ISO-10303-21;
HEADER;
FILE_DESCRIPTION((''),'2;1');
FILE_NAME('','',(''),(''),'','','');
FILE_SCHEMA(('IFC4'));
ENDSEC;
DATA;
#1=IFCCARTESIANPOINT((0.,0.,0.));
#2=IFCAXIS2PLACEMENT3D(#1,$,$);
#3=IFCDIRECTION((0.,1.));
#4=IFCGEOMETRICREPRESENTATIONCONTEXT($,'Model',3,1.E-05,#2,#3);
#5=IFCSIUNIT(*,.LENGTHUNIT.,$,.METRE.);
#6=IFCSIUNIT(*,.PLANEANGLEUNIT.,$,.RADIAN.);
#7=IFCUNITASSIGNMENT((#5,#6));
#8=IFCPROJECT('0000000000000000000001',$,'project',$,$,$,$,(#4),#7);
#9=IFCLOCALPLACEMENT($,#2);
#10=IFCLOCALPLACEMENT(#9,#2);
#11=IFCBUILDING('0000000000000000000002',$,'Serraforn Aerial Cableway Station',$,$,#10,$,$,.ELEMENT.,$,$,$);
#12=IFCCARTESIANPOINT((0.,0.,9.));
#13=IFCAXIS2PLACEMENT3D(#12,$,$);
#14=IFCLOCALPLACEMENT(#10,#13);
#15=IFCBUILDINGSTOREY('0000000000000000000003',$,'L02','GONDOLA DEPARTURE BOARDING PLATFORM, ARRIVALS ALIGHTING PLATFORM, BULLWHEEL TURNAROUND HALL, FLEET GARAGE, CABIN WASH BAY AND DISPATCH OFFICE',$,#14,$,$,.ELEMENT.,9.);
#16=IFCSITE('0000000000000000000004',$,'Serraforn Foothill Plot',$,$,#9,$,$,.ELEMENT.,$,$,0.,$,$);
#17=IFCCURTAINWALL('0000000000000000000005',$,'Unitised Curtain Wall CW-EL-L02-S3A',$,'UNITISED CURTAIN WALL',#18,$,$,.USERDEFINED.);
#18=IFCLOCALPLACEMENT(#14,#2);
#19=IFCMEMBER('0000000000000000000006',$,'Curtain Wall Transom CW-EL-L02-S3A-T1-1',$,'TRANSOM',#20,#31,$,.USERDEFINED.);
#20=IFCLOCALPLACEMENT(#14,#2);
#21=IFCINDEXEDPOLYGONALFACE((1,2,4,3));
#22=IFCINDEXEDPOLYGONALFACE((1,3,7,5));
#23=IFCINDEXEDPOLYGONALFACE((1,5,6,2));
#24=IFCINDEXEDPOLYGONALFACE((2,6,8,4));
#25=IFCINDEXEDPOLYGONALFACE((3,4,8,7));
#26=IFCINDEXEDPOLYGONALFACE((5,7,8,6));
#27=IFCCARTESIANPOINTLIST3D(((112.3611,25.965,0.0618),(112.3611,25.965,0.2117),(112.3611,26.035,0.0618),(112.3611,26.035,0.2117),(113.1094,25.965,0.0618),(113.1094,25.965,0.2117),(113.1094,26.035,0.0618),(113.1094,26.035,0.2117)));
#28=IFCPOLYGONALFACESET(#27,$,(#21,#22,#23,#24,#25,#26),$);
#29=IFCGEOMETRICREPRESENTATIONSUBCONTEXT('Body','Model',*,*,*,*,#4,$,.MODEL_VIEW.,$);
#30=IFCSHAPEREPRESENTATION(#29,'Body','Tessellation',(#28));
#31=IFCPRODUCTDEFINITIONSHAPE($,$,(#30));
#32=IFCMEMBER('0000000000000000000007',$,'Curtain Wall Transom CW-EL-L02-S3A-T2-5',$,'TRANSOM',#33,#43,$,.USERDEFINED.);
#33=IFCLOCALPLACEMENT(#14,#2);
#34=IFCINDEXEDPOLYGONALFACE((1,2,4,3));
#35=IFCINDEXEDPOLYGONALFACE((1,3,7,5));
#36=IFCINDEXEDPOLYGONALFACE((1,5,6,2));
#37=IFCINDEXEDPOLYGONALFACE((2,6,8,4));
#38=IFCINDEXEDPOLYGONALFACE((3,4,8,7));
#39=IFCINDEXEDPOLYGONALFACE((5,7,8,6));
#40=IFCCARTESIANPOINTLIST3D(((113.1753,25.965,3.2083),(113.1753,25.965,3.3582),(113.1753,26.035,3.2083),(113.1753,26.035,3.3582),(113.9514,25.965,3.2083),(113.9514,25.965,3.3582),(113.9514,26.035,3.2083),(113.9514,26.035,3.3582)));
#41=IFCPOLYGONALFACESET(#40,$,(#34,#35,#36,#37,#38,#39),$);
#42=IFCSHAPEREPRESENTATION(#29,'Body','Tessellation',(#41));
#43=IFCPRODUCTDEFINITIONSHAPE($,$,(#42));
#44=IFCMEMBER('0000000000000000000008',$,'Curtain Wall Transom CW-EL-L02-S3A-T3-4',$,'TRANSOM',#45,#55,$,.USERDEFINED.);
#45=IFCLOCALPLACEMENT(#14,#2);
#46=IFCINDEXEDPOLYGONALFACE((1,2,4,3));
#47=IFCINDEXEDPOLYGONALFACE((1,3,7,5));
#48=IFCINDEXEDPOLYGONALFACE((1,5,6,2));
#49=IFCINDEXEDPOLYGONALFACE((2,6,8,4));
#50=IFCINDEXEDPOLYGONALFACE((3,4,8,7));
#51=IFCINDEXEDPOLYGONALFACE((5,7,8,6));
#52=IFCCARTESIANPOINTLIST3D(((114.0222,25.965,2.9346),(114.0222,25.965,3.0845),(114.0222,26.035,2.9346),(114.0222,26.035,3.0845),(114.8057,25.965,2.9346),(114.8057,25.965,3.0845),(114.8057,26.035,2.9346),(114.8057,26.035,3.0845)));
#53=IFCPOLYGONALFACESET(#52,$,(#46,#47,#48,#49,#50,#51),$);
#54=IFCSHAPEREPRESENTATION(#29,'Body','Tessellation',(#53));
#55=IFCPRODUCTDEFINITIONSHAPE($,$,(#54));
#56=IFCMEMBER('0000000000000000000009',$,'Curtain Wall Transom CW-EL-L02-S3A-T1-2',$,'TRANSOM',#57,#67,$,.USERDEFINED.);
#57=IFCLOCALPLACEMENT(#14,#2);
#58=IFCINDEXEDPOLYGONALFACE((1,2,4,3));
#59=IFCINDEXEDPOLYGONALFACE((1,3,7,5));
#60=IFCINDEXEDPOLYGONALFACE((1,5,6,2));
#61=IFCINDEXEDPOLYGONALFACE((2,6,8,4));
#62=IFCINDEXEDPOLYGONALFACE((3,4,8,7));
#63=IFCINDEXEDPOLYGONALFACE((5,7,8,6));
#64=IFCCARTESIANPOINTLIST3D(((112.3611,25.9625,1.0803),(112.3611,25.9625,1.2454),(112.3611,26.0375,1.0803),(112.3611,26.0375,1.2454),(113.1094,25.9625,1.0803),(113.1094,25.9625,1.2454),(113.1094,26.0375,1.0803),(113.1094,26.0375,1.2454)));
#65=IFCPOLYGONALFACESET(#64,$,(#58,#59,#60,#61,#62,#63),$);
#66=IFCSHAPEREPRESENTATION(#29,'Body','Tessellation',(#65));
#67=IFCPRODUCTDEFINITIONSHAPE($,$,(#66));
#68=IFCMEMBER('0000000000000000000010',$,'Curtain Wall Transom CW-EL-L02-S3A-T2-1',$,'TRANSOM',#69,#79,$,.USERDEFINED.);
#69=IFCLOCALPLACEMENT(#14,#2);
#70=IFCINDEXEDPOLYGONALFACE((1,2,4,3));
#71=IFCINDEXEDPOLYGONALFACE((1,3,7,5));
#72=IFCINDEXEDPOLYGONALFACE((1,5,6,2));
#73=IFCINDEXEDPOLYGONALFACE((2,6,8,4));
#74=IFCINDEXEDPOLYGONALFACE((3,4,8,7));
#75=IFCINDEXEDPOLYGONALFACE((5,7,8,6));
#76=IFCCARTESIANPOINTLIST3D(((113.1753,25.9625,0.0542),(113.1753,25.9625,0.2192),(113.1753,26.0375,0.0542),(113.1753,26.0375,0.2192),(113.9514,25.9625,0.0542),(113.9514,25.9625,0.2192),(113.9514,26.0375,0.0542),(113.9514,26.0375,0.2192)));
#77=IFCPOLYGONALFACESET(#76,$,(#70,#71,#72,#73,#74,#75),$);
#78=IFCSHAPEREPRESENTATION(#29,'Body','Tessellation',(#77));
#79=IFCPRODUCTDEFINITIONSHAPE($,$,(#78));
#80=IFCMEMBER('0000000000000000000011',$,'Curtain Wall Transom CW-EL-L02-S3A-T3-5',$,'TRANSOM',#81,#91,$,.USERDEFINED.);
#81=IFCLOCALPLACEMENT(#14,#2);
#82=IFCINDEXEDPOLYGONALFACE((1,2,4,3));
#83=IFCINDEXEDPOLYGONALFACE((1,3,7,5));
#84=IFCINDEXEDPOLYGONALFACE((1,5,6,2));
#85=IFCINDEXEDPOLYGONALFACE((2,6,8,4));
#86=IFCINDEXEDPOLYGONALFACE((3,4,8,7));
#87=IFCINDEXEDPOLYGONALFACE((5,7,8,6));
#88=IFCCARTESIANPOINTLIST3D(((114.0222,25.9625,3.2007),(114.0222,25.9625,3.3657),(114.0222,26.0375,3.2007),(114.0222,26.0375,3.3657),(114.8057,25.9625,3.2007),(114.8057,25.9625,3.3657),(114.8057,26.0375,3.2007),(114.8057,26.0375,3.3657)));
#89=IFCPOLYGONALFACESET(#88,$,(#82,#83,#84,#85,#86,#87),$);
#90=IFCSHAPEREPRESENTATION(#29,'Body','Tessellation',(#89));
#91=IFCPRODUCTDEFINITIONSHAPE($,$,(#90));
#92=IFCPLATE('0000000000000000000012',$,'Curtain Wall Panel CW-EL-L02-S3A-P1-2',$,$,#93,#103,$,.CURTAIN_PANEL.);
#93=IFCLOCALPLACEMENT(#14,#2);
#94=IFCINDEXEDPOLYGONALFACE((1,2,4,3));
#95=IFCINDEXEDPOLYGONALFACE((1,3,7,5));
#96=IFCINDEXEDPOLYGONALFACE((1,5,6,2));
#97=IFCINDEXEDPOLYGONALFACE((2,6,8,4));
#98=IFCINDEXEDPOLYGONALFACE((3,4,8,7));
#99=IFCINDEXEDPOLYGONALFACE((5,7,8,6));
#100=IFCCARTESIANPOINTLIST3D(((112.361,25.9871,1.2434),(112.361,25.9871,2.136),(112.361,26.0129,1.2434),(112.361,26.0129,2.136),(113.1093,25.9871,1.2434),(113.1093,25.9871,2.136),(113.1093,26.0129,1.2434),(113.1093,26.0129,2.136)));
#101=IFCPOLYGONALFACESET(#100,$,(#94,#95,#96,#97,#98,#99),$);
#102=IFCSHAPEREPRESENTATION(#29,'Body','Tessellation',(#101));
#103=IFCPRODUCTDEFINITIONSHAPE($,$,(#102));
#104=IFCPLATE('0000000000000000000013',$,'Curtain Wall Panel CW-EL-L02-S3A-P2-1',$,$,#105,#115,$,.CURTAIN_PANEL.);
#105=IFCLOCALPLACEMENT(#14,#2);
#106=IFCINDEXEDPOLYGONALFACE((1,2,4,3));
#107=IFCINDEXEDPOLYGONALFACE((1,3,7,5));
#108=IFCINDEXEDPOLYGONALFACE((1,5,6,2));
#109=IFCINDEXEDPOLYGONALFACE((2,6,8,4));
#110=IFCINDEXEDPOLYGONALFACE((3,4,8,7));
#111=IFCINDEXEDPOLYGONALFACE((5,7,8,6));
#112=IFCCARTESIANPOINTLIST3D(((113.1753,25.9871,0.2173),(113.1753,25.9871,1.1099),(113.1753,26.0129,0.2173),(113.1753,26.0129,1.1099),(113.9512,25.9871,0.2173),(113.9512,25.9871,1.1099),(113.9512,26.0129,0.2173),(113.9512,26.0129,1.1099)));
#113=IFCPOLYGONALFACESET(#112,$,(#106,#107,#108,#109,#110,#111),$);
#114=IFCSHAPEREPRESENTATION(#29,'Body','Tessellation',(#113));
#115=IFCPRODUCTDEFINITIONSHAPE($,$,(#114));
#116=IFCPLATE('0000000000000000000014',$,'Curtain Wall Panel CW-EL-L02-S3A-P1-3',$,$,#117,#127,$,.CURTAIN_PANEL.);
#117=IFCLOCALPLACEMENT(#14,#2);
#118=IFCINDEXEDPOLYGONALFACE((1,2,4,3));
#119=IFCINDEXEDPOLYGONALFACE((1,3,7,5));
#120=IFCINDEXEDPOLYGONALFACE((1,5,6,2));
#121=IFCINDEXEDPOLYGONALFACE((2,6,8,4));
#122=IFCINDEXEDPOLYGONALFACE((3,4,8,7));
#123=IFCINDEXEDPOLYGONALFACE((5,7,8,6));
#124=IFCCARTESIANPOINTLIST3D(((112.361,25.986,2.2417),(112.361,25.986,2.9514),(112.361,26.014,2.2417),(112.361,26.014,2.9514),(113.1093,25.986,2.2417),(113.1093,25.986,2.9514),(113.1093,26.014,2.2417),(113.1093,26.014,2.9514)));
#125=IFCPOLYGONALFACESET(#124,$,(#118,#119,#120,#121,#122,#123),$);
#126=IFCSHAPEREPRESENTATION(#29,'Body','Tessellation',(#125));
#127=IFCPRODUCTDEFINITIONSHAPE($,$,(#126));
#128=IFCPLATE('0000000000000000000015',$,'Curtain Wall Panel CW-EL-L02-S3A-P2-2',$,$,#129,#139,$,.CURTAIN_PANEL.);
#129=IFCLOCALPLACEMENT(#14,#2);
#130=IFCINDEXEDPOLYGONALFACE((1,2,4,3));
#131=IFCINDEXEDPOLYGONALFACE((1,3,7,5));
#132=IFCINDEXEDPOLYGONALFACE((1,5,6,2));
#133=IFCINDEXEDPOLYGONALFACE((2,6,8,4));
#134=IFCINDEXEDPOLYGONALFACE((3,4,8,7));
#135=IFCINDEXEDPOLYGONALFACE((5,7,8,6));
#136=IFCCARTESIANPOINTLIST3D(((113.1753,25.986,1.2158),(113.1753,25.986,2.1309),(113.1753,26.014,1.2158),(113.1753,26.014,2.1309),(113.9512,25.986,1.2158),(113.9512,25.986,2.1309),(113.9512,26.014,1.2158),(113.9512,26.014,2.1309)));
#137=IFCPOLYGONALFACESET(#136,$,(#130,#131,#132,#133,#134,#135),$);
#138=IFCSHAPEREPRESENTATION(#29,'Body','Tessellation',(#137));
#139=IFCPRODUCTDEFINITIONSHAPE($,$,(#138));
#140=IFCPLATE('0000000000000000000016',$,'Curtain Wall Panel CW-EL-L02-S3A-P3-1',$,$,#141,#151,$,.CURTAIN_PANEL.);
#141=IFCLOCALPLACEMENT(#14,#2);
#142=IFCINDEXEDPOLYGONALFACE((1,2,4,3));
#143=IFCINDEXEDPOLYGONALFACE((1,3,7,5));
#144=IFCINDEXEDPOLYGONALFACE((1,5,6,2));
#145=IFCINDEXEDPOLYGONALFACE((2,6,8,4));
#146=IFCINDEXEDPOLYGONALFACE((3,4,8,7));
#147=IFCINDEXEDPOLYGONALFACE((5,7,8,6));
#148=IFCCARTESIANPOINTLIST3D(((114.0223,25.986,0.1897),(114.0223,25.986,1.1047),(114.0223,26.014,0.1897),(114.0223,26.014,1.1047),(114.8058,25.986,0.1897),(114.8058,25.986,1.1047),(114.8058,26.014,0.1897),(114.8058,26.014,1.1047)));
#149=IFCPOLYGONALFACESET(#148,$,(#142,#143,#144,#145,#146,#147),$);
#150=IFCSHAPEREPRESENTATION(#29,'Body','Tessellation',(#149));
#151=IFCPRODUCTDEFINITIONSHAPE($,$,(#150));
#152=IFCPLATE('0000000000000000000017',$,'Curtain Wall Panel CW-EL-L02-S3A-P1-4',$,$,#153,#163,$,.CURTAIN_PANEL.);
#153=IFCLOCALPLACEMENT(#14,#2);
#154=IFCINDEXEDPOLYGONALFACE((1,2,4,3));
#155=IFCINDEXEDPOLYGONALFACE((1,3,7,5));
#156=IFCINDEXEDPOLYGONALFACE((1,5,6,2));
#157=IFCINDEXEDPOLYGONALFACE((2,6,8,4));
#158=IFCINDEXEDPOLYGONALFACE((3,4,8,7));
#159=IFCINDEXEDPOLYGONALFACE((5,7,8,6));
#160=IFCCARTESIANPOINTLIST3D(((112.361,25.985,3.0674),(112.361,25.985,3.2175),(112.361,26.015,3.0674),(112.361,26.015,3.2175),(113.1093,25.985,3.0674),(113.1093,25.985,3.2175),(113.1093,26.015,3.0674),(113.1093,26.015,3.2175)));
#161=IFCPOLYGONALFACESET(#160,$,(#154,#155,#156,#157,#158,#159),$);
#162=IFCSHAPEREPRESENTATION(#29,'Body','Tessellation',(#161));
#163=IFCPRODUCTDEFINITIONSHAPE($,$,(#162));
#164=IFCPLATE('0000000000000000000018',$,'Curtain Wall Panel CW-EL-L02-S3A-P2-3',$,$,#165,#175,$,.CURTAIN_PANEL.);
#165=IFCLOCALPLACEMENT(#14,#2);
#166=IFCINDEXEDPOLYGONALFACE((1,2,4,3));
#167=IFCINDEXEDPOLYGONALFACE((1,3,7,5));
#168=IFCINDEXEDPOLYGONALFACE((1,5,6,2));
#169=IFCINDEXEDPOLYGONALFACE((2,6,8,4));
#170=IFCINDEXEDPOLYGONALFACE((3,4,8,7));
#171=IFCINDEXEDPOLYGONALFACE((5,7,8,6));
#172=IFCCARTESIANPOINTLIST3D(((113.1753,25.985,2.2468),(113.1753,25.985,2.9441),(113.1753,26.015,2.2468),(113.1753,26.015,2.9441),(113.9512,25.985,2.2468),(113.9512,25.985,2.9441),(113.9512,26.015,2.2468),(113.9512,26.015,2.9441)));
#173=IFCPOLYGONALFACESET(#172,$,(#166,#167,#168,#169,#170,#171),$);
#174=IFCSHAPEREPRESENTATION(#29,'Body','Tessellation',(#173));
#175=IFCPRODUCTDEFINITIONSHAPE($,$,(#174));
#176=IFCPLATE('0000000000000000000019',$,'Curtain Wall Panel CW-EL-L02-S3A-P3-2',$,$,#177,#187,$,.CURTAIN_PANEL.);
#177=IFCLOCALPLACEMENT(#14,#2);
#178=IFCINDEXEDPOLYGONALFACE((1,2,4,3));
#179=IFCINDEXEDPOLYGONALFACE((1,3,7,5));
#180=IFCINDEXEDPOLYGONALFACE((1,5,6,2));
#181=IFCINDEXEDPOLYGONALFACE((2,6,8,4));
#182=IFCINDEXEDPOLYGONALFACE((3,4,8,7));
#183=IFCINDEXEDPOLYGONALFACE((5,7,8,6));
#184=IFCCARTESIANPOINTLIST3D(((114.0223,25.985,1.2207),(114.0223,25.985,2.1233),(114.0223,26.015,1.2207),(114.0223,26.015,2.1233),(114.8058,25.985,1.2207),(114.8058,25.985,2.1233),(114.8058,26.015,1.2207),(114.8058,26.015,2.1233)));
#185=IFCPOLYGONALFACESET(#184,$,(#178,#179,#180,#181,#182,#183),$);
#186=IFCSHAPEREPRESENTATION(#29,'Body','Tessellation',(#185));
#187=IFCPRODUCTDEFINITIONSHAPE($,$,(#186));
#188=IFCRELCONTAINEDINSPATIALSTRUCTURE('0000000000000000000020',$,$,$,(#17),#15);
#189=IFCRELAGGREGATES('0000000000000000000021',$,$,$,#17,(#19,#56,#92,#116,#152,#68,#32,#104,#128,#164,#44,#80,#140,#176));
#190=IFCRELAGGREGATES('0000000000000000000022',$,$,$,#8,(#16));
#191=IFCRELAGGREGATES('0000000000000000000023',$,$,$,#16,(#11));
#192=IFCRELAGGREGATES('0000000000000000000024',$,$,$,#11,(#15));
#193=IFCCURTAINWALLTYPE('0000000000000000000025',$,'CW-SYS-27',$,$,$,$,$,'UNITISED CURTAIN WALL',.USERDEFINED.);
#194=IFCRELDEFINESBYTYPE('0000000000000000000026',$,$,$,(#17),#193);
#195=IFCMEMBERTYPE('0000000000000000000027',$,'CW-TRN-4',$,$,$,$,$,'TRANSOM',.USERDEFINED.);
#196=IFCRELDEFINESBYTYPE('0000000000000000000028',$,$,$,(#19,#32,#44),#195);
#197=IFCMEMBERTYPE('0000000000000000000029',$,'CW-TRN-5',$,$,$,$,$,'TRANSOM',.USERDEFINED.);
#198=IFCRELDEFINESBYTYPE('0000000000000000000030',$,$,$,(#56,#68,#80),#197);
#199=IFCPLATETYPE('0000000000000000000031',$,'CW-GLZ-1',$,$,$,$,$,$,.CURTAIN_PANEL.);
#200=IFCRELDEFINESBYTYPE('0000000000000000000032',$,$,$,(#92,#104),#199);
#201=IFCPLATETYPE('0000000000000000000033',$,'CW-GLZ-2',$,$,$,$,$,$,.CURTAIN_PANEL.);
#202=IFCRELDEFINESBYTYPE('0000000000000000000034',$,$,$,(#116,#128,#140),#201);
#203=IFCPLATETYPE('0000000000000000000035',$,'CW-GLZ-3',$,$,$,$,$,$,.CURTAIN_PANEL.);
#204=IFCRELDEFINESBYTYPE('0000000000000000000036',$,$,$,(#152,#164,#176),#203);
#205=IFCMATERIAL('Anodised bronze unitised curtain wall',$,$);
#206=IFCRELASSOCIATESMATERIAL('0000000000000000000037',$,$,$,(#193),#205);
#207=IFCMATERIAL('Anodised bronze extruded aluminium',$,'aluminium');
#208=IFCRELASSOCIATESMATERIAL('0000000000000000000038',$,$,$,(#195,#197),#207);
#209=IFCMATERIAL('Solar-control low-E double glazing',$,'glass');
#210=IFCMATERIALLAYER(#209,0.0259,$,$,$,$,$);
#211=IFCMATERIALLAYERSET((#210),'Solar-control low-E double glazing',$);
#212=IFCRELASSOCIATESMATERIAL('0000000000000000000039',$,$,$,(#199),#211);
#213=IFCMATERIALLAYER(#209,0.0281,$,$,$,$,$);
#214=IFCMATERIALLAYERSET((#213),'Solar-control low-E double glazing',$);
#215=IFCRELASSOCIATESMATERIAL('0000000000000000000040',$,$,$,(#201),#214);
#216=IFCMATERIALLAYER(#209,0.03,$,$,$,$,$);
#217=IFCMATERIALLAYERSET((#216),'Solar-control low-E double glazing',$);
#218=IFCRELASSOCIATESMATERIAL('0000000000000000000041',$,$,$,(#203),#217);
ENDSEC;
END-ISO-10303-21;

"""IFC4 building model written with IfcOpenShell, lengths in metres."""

from ifc_helpers import new_model, si_unit, direction, frame, origin, origin_2d, place, context, subcontext, project, spatial, rectangle, extrude, material, layer, layer_set, material_profile, profile_set, type_object, element, aggregate, save


model = new_model("IFC4")

# Units and contexts
model_context = context("Model", 3, precision=1e-05, world=origin(), true_north=direction((0.0, 1.0)))
body_context = subcontext(model_context, "Body", "Model", "MODEL_VIEW")
ifc_project = project(units=[si_unit("LENGTHUNIT", "METRE"), si_unit("PLANEANGLEUNIT", "RADIAN")], contexts=[model_context])

# Site, building, storey
site_placement = place(None, origin())
site = spatial("IfcSite", under=ifc_project, at=site_placement, Name="Serraforn Foothill Plot", CompositionType="ELEMENT", RefElevation=0.0)
building_placement = place(site_placement, origin())
building = spatial("IfcBuilding", under=site, at=building_placement, Name="Serraforn Aerial Cableway Station", CompositionType="ELEMENT")
storey_placement = place(building_placement, frame((0.0, 0.0, 9.0)))
storey = spatial("IfcBuildingStorey", under=building, at=storey_placement, Name="L02", Description="GONDOLA DEPARTURE BOARDING PLATFORM, ARRIVALS ALIGHTING PLATFORM, BULLWHEEL TURNAROUND HALL, FLEET GARAGE, CABIN WASH BAY AND DISPATCH OFFICE", CompositionType="ELEMENT", Elevation=9.0)

# Curtain wall
ifc_material_1 = material(Name="Anodised bronze unitised curtain wall")
curtain_wall_type_1 = type_object("IfcCurtainWallType", Name="CW-SYS-27", ElementType="UNITISED CURTAIN WALL", PredefinedType="USERDEFINED", material=ifc_material_1)
curtain_wall_1_placement = place(storey_placement, origin())
curtain_wall_1 = element("IfcCurtainWall", 1, at=curtain_wall_1_placement, inside=storey, type_object=curtain_wall_type_1, Name="Unitised Curtain Wall CW-EL-L02-S3A", ObjectType="UNITISED CURTAIN WALL", PredefinedType="USERDEFINED")
ifc_material_2 = material(Name="Anodised bronze extruded aluminium", Category="aluminium")

# Members
ifc_material_profile_1 = material_profile(ifc_material_2, rectangle(XDim=0.0701, YDim=0.1499, at=origin_2d()), Name="CW TRANSOM 70x150")
ifc_profile_set_1 = profile_set([ifc_material_profile_1], Name="Anodised bronze extruded aluminium")
member_type_1 = type_object("IfcMemberType", Name="CW-TRN-4", ElementType="TRANSOM", PredefinedType="USERDEFINED", material=ifc_profile_set_1)
member_1_placement = place(storey_placement, frame((112.3611, 26.0, 0.1367), z_axis=(1.0, 0.0, 0.0), x_axis=(0.0, 1.0, 0.0)))
member_1 = element("IfcMember", 2, at=member_1_placement, type_object=member_type_1, Name="Curtain Wall Transom CW-EL-L02-S3A-T1-1", ObjectType="TRANSOM", PredefinedType="USERDEFINED", context=body_context, shape_type="SweptSolid", body=[
    extrude(rectangle(XDim=0.0701, YDim=0.1499, at=origin_2d()), origin(), (0.0, 0.0, 1.0), 0.7483),
])
member_2_placement = place(storey_placement, frame((113.1753, 26.0, 3.2832), z_axis=(1.0, 0.0, 0.0), x_axis=(0.0, 1.0, 0.0)))
member_2 = element("IfcMember", 3, at=member_2_placement, type_object=member_type_1, Name="Curtain Wall Transom CW-EL-L02-S3A-T2-5", ObjectType="TRANSOM", PredefinedType="USERDEFINED", context=body_context, shape_type="SweptSolid", body=[
    extrude(rectangle(XDim=0.0701, YDim=0.1499, at=origin_2d()), origin(), (0.0, 0.0, 1.0), 0.7761),
])
member_3_placement = place(storey_placement, frame((114.0222, 26.0, 3.0095), z_axis=(1.0, 0.0, 0.0), x_axis=(0.0, 1.0, 0.0)))
member_3 = element("IfcMember", 4, at=member_3_placement, type_object=member_type_1, Name="Curtain Wall Transom CW-EL-L02-S3A-T3-4", ObjectType="TRANSOM", PredefinedType="USERDEFINED", context=body_context, shape_type="SweptSolid", body=[
    extrude(rectangle(XDim=0.0701, YDim=0.1499, at=origin_2d()), origin(), (0.0, 0.0, 1.0), 0.7834),
])
ifc_material_profile_2 = material_profile(ifc_material_2, rectangle(XDim=0.075, YDim=0.165, at=origin_2d()), Name="CW TRANSOM 75x165")
ifc_profile_set_2 = profile_set([ifc_material_profile_2], Name="Anodised bronze extruded aluminium")
member_type_2 = type_object("IfcMemberType", Name="CW-TRN-5", ElementType="TRANSOM", PredefinedType="USERDEFINED", material=ifc_profile_set_2)
member_4_placement = place(storey_placement, frame((112.3611, 26.0, 1.1628), z_axis=(1.0, 0.0, 0.0), x_axis=(0.0, 1.0, 0.0)))
member_4 = element("IfcMember", 5, at=member_4_placement, type_object=member_type_2, Name="Curtain Wall Transom CW-EL-L02-S3A-T1-2", ObjectType="TRANSOM", PredefinedType="USERDEFINED", context=body_context, shape_type="SweptSolid", body=[
    extrude(rectangle(XDim=0.075, YDim=0.165, at=origin_2d()), origin(), (0.0, 0.0, 1.0), 0.7483),
])
member_5_placement = place(storey_placement, frame((113.1753, 26.0, 0.1367), z_axis=(1.0, 0.0, 0.0), x_axis=(0.0, 1.0, 0.0)))
member_5 = element("IfcMember", 6, at=member_5_placement, type_object=member_type_2, Name="Curtain Wall Transom CW-EL-L02-S3A-T2-1", ObjectType="TRANSOM", PredefinedType="USERDEFINED", context=body_context, shape_type="SweptSolid", body=[
    extrude(rectangle(XDim=0.075, YDim=0.165, at=origin_2d()), origin(), (0.0, 0.0, 1.0), 0.7761),
])
member_6_placement = place(storey_placement, frame((114.0222, 26.0, 3.2832), z_axis=(1.0, 0.0, 0.0), x_axis=(0.0, 1.0, 0.0)))
member_6 = element("IfcMember", 7, at=member_6_placement, type_object=member_type_2, Name="Curtain Wall Transom CW-EL-L02-S3A-T3-5", ObjectType="TRANSOM", PredefinedType="USERDEFINED", context=body_context, shape_type="SweptSolid", body=[
    extrude(rectangle(XDim=0.075, YDim=0.165, at=origin_2d()), origin(), (0.0, 0.0, 1.0), 0.7834),
])

# Plates
ifc_material_3 = material(Name="Solar-control low-E double glazing", Category="glass")
ifc_layer_1 = layer(ifc_material_3, 0.0259)
ifc_layer_set_1 = layer_set([ifc_layer_1], Name="Solar-control low-E double glazing")
plate_type_1 = type_object("IfcPlateType", Name="CW-GLZ-1", PredefinedType="CURTAIN_PANEL", material=ifc_layer_set_1)
plate_1_placement = place(storey_placement, frame((112.7351, 26.0, 1.2434), z_axis=(0.0, 0.0, 1.0), x_axis=(1.0, 0.0, 0.0)))
plate_1 = element("IfcPlate", 8, at=plate_1_placement, type_object=plate_type_1, Name="Curtain Wall Panel CW-EL-L02-S3A-P1-2", PredefinedType="CURTAIN_PANEL", context=body_context, shape_type="SweptSolid", body=[
    extrude(rectangle(XDim=0.7483, YDim=0.0259, at=origin_2d()), origin(), (0.0, 0.0, 1.0), 0.8926),
])
plate_2_placement = place(storey_placement, frame((113.5632, 26.0, 0.2173), z_axis=(0.0, 0.0, 1.0), x_axis=(1.0, 0.0, 0.0)))
plate_2 = element("IfcPlate", 9, at=plate_2_placement, type_object=plate_type_1, Name="Curtain Wall Panel CW-EL-L02-S3A-P2-1", PredefinedType="CURTAIN_PANEL", context=body_context, shape_type="SweptSolid", body=[
    extrude(rectangle(XDim=0.7759, YDim=0.0259, at=origin_2d()), origin(), (0.0, 0.0, 1.0), 0.8926),
])
ifc_layer_2 = layer(ifc_material_3, 0.0281)
ifc_layer_set_2 = layer_set([ifc_layer_2], Name="Solar-control low-E double glazing")
plate_type_2 = type_object("IfcPlateType", Name="CW-GLZ-2", PredefinedType="CURTAIN_PANEL", material=ifc_layer_set_2)
plate_3_placement = place(storey_placement, frame((112.7351, 26.0, 2.2417), z_axis=(0.0, 0.0, 1.0), x_axis=(1.0, 0.0, 0.0)))
plate_3 = element("IfcPlate", 10, at=plate_3_placement, type_object=plate_type_2, Name="Curtain Wall Panel CW-EL-L02-S3A-P1-3", PredefinedType="CURTAIN_PANEL", context=body_context, shape_type="SweptSolid", body=[
    extrude(rectangle(XDim=0.7483, YDim=0.0281, at=origin_2d()), origin(), (0.0, 0.0, 1.0), 0.7097),
])
plate_4_placement = place(storey_placement, frame((113.5632, 26.0, 1.2158), z_axis=(0.0, 0.0, 1.0), x_axis=(1.0, 0.0, 0.0)))
plate_4 = element("IfcPlate", 11, at=plate_4_placement, type_object=plate_type_2, Name="Curtain Wall Panel CW-EL-L02-S3A-P2-2", PredefinedType="CURTAIN_PANEL", context=body_context, shape_type="SweptSolid", body=[
    extrude(rectangle(XDim=0.7759, YDim=0.0281, at=origin_2d()), origin(), (0.0, 0.0, 1.0), 0.915),
])
plate_5_placement = place(storey_placement, frame((114.4141, 26.0, 0.1897), z_axis=(0.0, 0.0, 1.0), x_axis=(1.0, 0.0, 0.0)))
plate_5 = element("IfcPlate", 12, at=plate_5_placement, type_object=plate_type_2, Name="Curtain Wall Panel CW-EL-L02-S3A-P3-1", PredefinedType="CURTAIN_PANEL", context=body_context, shape_type="SweptSolid", body=[
    extrude(rectangle(XDim=0.7834, YDim=0.0281, at=origin_2d()), origin(), (0.0, 0.0, 1.0), 0.915),
])
ifc_layer_3 = layer(ifc_material_3, 0.03)
ifc_layer_set_3 = layer_set([ifc_layer_3], Name="Solar-control low-E double glazing")
plate_type_3 = type_object("IfcPlateType", Name="CW-GLZ-3", PredefinedType="CURTAIN_PANEL", material=ifc_layer_set_3)
plate_6_placement = place(storey_placement, frame((112.7351, 26.0, 3.0674), z_axis=(0.0, 0.0, 1.0), x_axis=(1.0, 0.0, 0.0)))
plate_6 = element("IfcPlate", 13, at=plate_6_placement, type_object=plate_type_3, Name="Curtain Wall Panel CW-EL-L02-S3A-P1-4", PredefinedType="CURTAIN_PANEL", context=body_context, shape_type="SweptSolid", body=[
    extrude(rectangle(XDim=0.7483, YDim=0.03, at=origin_2d()), origin(), (0.0, 0.0, 1.0), 0.1501),
])
plate_7_placement = place(storey_placement, frame((113.5632, 26.0, 2.2468), z_axis=(0.0, 0.0, 1.0), x_axis=(1.0, 0.0, 0.0)))
plate_7 = element("IfcPlate", 14, at=plate_7_placement, type_object=plate_type_3, Name="Curtain Wall Panel CW-EL-L02-S3A-P2-3", PredefinedType="CURTAIN_PANEL", context=body_context, shape_type="SweptSolid", body=[
    extrude(rectangle(XDim=0.7759, YDim=0.03, at=origin_2d()), origin(), (0.0, 0.0, 1.0), 0.6973),
])
plate_8_placement = place(storey_placement, frame((114.4141, 26.0, 1.2207), z_axis=(0.0, 0.0, 1.0), x_axis=(1.0, 0.0, 0.0)))
plate_8 = element("IfcPlate", 15, at=plate_8_placement, type_object=plate_type_3, Name="Curtain Wall Panel CW-EL-L02-S3A-P3-2", PredefinedType="CURTAIN_PANEL", context=body_context, shape_type="SweptSolid", body=[
    extrude(rectangle(XDim=0.7834, YDim=0.03, at=origin_2d()), origin(), (0.0, 0.0, 1.0), 0.9026),
])
aggregate(curtain_wall_1, [member_1, member_4, plate_1, plate_3, plate_6, member_5, member_2, plate_2, plate_4, plate_7, member_3, member_6, plate_5, plate_8])

save(model, "model.ifc")
